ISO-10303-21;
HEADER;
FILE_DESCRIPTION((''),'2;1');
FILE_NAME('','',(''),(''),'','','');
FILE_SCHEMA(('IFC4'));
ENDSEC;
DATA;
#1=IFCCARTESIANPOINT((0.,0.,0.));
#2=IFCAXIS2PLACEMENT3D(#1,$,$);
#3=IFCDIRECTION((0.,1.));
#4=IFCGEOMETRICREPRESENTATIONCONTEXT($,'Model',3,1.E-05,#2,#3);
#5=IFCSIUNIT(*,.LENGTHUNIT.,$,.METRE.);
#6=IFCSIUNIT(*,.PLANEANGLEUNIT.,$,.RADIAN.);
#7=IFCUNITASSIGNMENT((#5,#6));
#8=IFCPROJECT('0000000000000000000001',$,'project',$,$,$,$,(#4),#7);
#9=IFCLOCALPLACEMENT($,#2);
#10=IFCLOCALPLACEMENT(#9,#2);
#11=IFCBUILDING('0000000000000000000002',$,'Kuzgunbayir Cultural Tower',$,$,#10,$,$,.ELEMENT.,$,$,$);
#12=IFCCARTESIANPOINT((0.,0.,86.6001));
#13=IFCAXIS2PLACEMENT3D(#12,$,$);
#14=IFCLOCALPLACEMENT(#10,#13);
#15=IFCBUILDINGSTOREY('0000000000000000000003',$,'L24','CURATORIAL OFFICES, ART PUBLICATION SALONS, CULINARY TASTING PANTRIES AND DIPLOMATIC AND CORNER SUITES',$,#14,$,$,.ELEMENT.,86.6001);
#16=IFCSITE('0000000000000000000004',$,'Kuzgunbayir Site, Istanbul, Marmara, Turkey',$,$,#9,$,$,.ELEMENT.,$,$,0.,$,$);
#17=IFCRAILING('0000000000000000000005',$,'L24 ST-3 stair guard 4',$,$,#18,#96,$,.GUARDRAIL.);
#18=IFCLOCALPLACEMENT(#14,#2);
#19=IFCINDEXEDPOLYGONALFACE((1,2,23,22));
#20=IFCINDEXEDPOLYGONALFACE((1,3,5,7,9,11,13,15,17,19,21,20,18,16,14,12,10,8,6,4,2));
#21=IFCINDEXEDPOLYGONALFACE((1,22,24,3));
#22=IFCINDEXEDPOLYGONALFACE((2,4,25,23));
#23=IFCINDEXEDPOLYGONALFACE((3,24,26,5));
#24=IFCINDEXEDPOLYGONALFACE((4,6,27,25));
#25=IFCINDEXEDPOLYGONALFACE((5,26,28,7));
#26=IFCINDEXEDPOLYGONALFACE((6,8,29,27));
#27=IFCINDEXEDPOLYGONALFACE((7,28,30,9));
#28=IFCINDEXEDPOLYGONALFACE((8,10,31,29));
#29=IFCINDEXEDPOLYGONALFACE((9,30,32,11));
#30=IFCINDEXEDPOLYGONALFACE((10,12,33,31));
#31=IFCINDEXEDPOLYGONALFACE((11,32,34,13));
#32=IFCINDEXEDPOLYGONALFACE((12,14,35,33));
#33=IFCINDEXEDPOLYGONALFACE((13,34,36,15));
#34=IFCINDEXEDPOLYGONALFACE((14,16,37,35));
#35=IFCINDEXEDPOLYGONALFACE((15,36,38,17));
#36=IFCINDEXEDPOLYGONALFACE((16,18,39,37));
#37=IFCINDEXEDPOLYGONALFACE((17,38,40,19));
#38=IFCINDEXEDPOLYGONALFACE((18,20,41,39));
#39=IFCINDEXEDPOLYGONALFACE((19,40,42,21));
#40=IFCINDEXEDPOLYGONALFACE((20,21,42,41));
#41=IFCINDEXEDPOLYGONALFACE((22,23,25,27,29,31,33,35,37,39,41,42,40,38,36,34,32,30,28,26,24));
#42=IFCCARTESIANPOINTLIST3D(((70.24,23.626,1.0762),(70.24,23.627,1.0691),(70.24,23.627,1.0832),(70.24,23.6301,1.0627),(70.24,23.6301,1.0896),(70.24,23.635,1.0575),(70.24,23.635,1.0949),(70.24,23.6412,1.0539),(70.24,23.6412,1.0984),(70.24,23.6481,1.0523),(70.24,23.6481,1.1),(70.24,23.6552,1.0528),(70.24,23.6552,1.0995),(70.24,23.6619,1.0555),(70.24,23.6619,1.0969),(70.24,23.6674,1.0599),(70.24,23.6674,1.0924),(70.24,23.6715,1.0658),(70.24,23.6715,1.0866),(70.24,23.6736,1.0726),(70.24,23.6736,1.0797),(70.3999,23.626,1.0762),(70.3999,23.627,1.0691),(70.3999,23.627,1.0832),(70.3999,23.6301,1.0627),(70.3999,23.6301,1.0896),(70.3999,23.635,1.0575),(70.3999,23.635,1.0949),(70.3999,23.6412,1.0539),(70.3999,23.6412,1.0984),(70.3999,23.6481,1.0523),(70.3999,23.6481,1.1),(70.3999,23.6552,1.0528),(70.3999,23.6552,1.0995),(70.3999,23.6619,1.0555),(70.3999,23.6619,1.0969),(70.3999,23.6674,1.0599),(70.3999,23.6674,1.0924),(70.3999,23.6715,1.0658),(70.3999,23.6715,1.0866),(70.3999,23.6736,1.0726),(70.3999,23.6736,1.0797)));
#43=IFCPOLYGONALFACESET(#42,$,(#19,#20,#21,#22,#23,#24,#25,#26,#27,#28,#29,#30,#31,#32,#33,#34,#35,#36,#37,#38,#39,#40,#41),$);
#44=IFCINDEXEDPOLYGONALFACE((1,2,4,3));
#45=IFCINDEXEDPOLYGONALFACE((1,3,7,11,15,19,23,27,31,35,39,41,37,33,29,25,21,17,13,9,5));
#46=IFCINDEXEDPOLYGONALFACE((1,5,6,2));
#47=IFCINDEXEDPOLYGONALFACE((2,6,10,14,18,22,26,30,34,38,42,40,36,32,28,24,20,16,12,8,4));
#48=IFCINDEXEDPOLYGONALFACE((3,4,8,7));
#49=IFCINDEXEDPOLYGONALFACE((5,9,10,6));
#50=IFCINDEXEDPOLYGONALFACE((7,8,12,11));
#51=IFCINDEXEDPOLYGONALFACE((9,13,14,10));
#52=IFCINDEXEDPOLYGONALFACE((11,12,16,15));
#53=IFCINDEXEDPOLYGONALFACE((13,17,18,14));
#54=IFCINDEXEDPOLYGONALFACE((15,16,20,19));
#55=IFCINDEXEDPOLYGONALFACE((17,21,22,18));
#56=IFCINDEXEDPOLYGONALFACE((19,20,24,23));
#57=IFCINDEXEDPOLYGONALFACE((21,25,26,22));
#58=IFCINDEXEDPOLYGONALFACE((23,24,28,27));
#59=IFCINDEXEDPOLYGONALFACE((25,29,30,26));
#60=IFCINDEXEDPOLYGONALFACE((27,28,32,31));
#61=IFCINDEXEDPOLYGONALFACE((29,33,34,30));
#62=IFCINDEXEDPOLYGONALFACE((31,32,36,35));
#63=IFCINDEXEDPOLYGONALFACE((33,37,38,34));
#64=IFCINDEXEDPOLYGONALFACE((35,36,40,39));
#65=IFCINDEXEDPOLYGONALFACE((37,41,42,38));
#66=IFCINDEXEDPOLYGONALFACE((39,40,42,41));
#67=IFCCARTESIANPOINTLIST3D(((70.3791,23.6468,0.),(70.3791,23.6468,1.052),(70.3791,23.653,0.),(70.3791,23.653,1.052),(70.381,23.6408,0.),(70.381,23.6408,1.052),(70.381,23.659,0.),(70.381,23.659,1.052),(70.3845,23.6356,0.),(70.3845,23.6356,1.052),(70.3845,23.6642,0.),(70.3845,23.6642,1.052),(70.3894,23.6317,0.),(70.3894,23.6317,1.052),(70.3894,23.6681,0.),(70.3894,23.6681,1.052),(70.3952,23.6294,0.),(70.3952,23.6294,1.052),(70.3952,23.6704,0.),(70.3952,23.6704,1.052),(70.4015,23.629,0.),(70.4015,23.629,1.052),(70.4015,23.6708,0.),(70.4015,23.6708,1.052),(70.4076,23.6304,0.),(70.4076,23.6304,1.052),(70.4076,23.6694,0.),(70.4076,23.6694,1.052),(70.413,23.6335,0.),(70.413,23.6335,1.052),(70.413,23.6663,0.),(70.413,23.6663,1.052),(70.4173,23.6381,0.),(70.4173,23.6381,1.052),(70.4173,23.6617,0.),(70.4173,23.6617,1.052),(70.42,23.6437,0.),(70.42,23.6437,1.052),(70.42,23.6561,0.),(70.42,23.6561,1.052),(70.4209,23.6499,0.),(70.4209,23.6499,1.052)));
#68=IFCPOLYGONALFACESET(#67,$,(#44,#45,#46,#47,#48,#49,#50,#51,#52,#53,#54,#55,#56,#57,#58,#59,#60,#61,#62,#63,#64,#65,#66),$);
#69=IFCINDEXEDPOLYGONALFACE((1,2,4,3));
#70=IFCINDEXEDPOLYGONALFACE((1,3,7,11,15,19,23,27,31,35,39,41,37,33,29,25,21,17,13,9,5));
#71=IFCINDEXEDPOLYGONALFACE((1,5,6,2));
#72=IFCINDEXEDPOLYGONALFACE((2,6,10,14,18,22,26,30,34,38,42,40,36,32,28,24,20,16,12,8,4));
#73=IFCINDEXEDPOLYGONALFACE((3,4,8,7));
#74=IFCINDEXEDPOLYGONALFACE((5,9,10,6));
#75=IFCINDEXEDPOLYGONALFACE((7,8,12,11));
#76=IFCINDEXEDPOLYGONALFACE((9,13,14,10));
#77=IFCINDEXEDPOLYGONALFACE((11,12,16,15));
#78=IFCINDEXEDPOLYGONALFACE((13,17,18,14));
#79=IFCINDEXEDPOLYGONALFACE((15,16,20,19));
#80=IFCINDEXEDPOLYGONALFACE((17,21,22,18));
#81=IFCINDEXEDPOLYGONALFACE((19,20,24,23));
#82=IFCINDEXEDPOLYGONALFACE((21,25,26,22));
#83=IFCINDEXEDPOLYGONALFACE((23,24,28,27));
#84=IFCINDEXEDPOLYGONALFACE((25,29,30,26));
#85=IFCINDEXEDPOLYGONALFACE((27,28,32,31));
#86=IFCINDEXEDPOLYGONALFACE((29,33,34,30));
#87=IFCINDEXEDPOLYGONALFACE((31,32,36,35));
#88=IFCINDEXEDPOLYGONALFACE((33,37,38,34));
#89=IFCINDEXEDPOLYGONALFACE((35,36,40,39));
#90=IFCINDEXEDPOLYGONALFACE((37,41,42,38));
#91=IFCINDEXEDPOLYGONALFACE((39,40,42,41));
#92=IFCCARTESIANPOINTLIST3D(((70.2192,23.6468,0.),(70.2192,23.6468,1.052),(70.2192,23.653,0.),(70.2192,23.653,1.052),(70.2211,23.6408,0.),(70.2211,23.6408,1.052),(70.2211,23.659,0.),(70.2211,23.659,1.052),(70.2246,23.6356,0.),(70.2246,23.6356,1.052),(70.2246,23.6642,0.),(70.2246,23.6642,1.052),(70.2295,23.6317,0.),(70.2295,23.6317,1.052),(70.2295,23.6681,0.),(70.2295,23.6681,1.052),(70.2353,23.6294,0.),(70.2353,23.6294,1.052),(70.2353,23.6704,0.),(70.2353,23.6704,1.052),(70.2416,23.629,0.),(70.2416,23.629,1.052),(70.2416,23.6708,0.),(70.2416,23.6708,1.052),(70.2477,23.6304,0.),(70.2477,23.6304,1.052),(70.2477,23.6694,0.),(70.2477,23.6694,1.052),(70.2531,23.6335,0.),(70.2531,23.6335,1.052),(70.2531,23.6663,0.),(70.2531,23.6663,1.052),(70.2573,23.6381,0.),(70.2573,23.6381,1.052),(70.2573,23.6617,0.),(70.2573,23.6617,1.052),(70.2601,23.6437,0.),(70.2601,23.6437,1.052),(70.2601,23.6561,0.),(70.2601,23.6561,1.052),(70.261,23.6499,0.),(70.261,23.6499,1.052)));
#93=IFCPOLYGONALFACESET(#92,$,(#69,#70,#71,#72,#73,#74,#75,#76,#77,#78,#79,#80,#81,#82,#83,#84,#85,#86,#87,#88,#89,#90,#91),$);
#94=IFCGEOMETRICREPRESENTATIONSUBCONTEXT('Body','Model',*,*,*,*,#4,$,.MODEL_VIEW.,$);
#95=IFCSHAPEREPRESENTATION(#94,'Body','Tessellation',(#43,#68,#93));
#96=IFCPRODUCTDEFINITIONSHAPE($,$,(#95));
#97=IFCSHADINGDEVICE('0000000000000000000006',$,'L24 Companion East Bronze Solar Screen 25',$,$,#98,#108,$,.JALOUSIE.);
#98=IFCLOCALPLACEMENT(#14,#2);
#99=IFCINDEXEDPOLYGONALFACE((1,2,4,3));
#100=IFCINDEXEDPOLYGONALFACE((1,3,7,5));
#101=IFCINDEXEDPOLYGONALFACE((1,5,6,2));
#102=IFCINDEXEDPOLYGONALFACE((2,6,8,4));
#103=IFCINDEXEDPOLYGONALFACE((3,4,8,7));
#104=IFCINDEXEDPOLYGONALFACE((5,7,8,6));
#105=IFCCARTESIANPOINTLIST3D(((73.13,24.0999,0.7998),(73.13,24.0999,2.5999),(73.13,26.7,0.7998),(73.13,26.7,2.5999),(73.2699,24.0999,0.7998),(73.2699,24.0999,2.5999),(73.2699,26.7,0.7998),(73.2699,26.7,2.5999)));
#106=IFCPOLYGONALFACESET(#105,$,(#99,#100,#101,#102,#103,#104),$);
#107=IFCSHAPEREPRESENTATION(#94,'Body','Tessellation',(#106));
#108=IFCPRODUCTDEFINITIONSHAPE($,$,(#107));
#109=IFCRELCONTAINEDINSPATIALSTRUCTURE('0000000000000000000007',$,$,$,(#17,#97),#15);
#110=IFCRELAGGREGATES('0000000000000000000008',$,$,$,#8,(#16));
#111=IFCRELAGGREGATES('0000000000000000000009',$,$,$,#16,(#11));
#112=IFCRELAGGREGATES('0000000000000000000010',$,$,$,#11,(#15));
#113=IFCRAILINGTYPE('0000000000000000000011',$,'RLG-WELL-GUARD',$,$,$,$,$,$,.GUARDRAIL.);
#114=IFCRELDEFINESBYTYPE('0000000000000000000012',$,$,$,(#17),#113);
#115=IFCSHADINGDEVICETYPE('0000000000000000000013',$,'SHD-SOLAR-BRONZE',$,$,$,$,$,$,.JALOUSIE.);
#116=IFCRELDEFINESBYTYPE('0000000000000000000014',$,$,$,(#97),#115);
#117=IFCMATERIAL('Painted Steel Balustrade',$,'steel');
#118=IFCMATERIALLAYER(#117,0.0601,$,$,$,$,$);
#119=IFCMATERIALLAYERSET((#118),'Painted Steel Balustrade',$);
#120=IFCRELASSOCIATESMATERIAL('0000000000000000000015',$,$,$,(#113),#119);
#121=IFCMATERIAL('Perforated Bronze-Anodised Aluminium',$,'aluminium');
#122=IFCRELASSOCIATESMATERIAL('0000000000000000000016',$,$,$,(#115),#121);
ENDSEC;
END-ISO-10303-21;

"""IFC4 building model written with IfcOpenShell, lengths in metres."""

from ifc_helpers import new_model, si_unit, direction, frame, origin, origin_2d, place, context, subcontext, project, spatial, rectangle, circle, extrude, material, layer, layer_set, type_object, element, save


model = new_model("IFC4")

# Units and contexts
model_context = context("Model", 3, precision=1e-05, world=origin(), true_north=direction((0.0, 1.0)))
body_context = subcontext(model_context, "Body", "Model", "MODEL_VIEW")
ifc_project = project(units=[si_unit("LENGTHUNIT", "METRE"), si_unit("PLANEANGLEUNIT", "RADIAN")], contexts=[model_context])

# Site, building, storey
site_placement = place(None, origin())
site = spatial("IfcSite", under=ifc_project, at=site_placement, Name="Kuzgunbayir Site, Istanbul, Marmara, Turkey", CompositionType="ELEMENT", RefElevation=0.0)
building_placement = place(site_placement, origin())
building = spatial("IfcBuilding", under=site, at=building_placement, Name="Kuzgunbayir Cultural Tower", CompositionType="ELEMENT")
storey_placement = place(building_placement, frame((0.0, 0.0, 86.6001)))
storey = spatial("IfcBuildingStorey", under=building, at=storey_placement, Name="L24", Description="CURATORIAL OFFICES, ART PUBLICATION SALONS, CULINARY TASTING PANTRIES AND DIPLOMATIC AND CORNER SUITES", CompositionType="ELEMENT", Elevation=86.6001)

# Shared definitions
ifc_material_1 = material(Name="Perforated Bronze-Anodised Aluminium", Category="aluminium")

# Railing
ifc_material_2 = material(Name="Painted Steel Balustrade", Category="steel")
ifc_layer_1 = layer(ifc_material_2, 0.0601)
ifc_layer_set_1 = layer_set([ifc_layer_1], Name="Painted Steel Balustrade")
railing_type_1 = type_object("IfcRailingType", Name="RLG-WELL-GUARD", PredefinedType="GUARDRAIL", material=ifc_layer_set_1)
railing_1_placement = place(storey_placement, frame((70.3999, 23.6499, 0.0)))
element("IfcRailing", 1, at=railing_1_placement, inside=storey, type_object=railing_type_1, Name="L24 ST-3 stair guard 4", PredefinedType="GUARDRAIL", context=body_context, shape_type="SweptSolid", body=[
    extrude(circle(Radius=0.0239, at=origin_2d()), frame((0.0, 0.0, 1.0762), z_axis=(-1.0, 0.0, 0.0), x_axis=(0.0, -1.0, 0.0)), (0.0, 0.0, 1.0), 0.1599),
    extrude(circle(Radius=0.021, at=origin_2d()), origin(), (0.0, 0.0, 1.0), 1.052),
    extrude(circle(Radius=0.021, at=origin_2d()), frame((-0.1599, 0.0, 0.0)), (0.0, 0.0, 1.0), 1.052),
])

# Shading device
shading_device_type = type_object("IfcShadingDeviceType", Name="SHD-SOLAR-BRONZE", PredefinedType="JALOUSIE", material=ifc_material_1)
shading_device_placement = place(storey_placement, frame((73.2, 25.3999, 0.7998), z_axis=(0.0, 0.0, 1.0), x_axis=(1.0, 0.0, 0.0)))
element("IfcShadingDevice", 2, at=shading_device_placement, inside=storey, type_object=shading_device_type, Name="L24 Companion East Bronze Solar Screen 25", PredefinedType="JALOUSIE", context=body_context, shape_type="SweptSolid", body=[
    extrude(rectangle(XDim=0.1399, YDim=2.6001, at=origin_2d()), origin(), (0.0, 0.0, 1.0), 1.8),
])

save(model, "model.ifc")
